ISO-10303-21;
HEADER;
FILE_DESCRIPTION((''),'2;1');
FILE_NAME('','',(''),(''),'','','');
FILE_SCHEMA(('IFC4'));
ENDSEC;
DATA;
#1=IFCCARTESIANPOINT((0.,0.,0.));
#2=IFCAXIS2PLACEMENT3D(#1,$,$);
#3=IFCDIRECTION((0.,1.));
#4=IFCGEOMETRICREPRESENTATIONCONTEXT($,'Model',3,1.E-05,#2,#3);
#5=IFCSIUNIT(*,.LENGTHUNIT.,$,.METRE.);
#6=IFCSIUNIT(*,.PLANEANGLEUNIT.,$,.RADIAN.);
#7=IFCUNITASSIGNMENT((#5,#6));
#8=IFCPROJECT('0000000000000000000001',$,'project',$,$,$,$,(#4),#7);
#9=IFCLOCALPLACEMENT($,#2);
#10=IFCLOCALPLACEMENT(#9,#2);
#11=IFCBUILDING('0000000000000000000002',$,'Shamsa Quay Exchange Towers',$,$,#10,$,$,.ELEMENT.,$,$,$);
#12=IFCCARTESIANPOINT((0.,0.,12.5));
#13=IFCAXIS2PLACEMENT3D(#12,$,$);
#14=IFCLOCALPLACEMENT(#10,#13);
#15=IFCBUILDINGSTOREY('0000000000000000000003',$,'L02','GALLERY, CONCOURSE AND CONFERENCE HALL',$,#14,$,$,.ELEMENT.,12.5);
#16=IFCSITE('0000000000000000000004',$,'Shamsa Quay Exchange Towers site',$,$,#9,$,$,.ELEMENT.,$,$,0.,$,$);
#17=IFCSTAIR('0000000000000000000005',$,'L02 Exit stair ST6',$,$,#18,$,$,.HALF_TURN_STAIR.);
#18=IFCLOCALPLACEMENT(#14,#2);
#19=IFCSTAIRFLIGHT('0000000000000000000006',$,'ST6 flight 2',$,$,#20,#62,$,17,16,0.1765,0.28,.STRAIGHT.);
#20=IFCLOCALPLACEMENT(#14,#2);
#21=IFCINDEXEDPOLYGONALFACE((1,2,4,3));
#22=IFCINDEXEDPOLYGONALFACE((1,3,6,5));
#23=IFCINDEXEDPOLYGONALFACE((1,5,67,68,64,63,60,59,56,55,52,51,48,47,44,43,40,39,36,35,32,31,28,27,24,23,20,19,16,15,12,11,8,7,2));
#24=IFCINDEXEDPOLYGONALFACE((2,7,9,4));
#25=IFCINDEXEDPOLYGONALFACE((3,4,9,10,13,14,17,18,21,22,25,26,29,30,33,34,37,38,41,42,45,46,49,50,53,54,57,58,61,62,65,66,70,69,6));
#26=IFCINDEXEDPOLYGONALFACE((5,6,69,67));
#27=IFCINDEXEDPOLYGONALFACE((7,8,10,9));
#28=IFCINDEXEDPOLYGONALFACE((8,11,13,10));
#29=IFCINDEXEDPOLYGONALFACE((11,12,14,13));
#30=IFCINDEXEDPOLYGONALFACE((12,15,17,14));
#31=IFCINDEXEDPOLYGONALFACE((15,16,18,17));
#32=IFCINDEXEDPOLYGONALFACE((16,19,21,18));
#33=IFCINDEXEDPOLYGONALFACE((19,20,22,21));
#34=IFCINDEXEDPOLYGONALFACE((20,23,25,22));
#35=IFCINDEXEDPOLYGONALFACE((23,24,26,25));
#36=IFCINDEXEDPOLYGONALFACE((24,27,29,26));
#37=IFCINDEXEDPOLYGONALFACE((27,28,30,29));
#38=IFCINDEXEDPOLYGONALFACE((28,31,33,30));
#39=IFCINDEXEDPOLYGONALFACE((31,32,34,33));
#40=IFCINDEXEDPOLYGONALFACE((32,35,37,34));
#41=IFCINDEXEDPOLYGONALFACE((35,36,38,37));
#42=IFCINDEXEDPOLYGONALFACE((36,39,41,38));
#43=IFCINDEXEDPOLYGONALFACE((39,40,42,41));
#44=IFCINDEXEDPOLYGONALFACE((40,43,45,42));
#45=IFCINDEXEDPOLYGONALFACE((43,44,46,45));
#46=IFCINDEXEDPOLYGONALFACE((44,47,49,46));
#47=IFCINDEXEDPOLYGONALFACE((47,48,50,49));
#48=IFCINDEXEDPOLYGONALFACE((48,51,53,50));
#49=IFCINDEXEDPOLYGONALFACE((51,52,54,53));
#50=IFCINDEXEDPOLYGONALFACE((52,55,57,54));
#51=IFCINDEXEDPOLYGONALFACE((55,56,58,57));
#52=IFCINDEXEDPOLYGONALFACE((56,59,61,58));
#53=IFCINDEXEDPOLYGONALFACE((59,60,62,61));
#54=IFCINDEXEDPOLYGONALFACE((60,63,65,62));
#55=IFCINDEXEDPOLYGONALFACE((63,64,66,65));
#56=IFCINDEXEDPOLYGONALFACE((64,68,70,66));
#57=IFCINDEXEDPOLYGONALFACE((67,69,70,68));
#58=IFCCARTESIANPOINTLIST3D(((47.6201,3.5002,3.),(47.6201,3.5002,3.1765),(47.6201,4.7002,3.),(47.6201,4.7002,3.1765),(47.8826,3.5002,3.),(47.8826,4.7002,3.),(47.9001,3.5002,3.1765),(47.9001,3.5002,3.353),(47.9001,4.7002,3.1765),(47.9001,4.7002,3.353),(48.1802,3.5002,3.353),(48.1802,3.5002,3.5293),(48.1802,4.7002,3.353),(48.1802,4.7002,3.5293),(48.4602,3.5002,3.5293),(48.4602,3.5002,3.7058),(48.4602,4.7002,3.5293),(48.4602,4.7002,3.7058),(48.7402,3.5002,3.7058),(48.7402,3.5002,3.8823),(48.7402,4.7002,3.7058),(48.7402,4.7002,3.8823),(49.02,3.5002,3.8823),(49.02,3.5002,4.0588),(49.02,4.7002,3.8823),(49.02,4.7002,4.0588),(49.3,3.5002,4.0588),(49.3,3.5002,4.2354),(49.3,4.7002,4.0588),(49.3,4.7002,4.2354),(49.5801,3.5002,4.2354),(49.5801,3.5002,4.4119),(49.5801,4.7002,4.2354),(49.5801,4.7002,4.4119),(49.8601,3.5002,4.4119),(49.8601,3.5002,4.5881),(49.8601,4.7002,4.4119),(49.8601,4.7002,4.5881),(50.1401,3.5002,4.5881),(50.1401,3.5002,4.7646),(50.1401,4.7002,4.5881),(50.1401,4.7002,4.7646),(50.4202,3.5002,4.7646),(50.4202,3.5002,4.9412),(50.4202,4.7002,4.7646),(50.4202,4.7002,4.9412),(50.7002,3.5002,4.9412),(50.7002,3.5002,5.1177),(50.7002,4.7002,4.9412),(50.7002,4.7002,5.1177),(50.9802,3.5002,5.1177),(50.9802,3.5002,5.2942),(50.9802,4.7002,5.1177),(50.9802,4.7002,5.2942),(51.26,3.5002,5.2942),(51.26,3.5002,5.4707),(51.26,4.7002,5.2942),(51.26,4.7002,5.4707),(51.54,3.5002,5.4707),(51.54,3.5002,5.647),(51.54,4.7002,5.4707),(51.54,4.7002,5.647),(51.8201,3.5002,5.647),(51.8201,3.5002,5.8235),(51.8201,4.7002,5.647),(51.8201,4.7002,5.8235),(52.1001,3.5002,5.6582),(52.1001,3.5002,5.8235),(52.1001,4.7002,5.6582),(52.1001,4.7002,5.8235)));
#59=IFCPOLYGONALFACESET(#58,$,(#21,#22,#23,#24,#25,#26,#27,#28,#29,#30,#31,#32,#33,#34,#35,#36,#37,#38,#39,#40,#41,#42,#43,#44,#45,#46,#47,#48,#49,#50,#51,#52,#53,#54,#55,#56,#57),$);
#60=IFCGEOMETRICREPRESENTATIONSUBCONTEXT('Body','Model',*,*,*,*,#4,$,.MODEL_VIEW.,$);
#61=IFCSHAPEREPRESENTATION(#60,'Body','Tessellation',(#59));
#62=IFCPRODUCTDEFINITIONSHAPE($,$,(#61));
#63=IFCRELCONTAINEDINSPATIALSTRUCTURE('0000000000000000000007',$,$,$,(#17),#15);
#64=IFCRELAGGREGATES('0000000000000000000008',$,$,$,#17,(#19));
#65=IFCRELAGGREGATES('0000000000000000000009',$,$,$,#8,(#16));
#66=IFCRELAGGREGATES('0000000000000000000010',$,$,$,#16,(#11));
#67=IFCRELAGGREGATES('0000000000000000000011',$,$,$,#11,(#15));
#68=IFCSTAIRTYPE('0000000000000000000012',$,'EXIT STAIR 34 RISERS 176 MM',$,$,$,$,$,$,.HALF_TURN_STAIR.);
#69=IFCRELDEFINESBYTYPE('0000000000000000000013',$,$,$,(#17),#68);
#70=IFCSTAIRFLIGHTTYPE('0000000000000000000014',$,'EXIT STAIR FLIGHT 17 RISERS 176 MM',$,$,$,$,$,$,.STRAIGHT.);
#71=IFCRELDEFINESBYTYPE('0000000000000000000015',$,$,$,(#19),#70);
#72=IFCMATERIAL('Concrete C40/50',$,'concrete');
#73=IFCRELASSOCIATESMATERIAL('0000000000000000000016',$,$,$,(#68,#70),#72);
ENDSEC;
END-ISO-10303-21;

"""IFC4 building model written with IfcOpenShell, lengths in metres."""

from ifc_helpers import new_model, si_unit, direction, frame, origin, place, context, subcontext, project, spatial, polyline, outline, extrude, material, type_object, element, aggregate, save


model = new_model("IFC4")

# Units and contexts
model_context = context("Model", 3, precision=1e-05, world=origin(), true_north=direction((0.0, 1.0)))
body_context = subcontext(model_context, "Body", "Model", "MODEL_VIEW")
ifc_project = project(units=[si_unit("LENGTHUNIT", "METRE"), si_unit("PLANEANGLEUNIT", "RADIAN")], contexts=[model_context])

# Site, building, storey
site_placement = place(None, origin())
site = spatial("IfcSite", under=ifc_project, at=site_placement, Name="Shamsa Quay Exchange Towers site", CompositionType="ELEMENT", RefElevation=0.0)
building_placement = place(site_placement, origin())
building = spatial("IfcBuilding", under=site, at=building_placement, Name="Shamsa Quay Exchange Towers", CompositionType="ELEMENT")
storey_placement = place(building_placement, frame((0.0, 0.0, 12.5)))
storey = spatial("IfcBuildingStorey", under=building, at=storey_placement, Name="L02", Description="GALLERY, CONCOURSE AND CONFERENCE HALL", CompositionType="ELEMENT", Elevation=12.5)

# Stair, stair flight
ifc_material_1 = material(Name="Concrete C40/50", Category="concrete")
stair_type = type_object("IfcStairType", Name="EXIT STAIR 34 RISERS 176 MM", PredefinedType="HALF_TURN_STAIR", material=ifc_material_1)
stair_placement = place(storey_placement, origin())
stair = element("IfcStair", 1, at=stair_placement, inside=storey, type_object=stair_type, Name="L02 Exit stair ST6", PredefinedType="HALF_TURN_STAIR")
stair_flight_type = type_object("IfcStairFlightType", Name="EXIT STAIR FLIGHT 17 RISERS 176 MM", PredefinedType="STRAIGHT", material=ifc_material_1)
stair_flight_1_placement = place(storey_placement, frame((47.6201, 4.1001, 3.0)))
stair_flight_1 = element("IfcStairFlight", 2, at=stair_flight_1_placement, type_object=stair_flight_type, Name="ST6 flight 2", NumberOfRisers=17, NumberOfTreads=16, PredefinedType="STRAIGHT", RiserHeight=0.1765, TreadLength=0.28, context=body_context, shape_type="SweptSolid", body=[
    extrude(outline(polyline([(0.0, 0.0), (0.0, 0.1765), (0.28, 0.1765), (0.28, 0.353), (0.5601, 0.353), (0.5601, 0.5293), (0.8401, 0.5293), (0.8401, 0.7058), (1.1201, 0.7058), (1.1201, 0.8823), (1.3999, 0.8823), (1.3999, 1.0588), (1.6799, 1.0588), (1.6799, 1.2354), (1.96, 1.2354), (1.96, 1.4119), (2.24, 1.4119), (2.24, 1.5881), (2.52, 1.5881), (2.52, 1.7646), (2.8, 1.7646), (2.8, 1.9412), (3.0801, 1.9412), (3.0801, 2.1177), (3.3601, 2.1177), (3.3601, 2.2942), (3.6399, 2.2942), (3.6399, 2.4707), (3.9199, 2.4707), (3.9199, 2.647), (4.2, 2.647), (4.2, 2.8235), (4.48, 2.8235), (4.48, 3.0), (4.48, 2.6582), (0.2625, 0.0), (0.0, 0.0)])), frame((0.0, 0.6001, 0.0), z_axis=(0.0, -1.0, 0.0), x_axis=(1.0, 0.0, 0.0)), (0.0, 0.0, 1.0), 1.2),
])
aggregate(stair, [stair_flight_1])

save(model, "model.ifc")
